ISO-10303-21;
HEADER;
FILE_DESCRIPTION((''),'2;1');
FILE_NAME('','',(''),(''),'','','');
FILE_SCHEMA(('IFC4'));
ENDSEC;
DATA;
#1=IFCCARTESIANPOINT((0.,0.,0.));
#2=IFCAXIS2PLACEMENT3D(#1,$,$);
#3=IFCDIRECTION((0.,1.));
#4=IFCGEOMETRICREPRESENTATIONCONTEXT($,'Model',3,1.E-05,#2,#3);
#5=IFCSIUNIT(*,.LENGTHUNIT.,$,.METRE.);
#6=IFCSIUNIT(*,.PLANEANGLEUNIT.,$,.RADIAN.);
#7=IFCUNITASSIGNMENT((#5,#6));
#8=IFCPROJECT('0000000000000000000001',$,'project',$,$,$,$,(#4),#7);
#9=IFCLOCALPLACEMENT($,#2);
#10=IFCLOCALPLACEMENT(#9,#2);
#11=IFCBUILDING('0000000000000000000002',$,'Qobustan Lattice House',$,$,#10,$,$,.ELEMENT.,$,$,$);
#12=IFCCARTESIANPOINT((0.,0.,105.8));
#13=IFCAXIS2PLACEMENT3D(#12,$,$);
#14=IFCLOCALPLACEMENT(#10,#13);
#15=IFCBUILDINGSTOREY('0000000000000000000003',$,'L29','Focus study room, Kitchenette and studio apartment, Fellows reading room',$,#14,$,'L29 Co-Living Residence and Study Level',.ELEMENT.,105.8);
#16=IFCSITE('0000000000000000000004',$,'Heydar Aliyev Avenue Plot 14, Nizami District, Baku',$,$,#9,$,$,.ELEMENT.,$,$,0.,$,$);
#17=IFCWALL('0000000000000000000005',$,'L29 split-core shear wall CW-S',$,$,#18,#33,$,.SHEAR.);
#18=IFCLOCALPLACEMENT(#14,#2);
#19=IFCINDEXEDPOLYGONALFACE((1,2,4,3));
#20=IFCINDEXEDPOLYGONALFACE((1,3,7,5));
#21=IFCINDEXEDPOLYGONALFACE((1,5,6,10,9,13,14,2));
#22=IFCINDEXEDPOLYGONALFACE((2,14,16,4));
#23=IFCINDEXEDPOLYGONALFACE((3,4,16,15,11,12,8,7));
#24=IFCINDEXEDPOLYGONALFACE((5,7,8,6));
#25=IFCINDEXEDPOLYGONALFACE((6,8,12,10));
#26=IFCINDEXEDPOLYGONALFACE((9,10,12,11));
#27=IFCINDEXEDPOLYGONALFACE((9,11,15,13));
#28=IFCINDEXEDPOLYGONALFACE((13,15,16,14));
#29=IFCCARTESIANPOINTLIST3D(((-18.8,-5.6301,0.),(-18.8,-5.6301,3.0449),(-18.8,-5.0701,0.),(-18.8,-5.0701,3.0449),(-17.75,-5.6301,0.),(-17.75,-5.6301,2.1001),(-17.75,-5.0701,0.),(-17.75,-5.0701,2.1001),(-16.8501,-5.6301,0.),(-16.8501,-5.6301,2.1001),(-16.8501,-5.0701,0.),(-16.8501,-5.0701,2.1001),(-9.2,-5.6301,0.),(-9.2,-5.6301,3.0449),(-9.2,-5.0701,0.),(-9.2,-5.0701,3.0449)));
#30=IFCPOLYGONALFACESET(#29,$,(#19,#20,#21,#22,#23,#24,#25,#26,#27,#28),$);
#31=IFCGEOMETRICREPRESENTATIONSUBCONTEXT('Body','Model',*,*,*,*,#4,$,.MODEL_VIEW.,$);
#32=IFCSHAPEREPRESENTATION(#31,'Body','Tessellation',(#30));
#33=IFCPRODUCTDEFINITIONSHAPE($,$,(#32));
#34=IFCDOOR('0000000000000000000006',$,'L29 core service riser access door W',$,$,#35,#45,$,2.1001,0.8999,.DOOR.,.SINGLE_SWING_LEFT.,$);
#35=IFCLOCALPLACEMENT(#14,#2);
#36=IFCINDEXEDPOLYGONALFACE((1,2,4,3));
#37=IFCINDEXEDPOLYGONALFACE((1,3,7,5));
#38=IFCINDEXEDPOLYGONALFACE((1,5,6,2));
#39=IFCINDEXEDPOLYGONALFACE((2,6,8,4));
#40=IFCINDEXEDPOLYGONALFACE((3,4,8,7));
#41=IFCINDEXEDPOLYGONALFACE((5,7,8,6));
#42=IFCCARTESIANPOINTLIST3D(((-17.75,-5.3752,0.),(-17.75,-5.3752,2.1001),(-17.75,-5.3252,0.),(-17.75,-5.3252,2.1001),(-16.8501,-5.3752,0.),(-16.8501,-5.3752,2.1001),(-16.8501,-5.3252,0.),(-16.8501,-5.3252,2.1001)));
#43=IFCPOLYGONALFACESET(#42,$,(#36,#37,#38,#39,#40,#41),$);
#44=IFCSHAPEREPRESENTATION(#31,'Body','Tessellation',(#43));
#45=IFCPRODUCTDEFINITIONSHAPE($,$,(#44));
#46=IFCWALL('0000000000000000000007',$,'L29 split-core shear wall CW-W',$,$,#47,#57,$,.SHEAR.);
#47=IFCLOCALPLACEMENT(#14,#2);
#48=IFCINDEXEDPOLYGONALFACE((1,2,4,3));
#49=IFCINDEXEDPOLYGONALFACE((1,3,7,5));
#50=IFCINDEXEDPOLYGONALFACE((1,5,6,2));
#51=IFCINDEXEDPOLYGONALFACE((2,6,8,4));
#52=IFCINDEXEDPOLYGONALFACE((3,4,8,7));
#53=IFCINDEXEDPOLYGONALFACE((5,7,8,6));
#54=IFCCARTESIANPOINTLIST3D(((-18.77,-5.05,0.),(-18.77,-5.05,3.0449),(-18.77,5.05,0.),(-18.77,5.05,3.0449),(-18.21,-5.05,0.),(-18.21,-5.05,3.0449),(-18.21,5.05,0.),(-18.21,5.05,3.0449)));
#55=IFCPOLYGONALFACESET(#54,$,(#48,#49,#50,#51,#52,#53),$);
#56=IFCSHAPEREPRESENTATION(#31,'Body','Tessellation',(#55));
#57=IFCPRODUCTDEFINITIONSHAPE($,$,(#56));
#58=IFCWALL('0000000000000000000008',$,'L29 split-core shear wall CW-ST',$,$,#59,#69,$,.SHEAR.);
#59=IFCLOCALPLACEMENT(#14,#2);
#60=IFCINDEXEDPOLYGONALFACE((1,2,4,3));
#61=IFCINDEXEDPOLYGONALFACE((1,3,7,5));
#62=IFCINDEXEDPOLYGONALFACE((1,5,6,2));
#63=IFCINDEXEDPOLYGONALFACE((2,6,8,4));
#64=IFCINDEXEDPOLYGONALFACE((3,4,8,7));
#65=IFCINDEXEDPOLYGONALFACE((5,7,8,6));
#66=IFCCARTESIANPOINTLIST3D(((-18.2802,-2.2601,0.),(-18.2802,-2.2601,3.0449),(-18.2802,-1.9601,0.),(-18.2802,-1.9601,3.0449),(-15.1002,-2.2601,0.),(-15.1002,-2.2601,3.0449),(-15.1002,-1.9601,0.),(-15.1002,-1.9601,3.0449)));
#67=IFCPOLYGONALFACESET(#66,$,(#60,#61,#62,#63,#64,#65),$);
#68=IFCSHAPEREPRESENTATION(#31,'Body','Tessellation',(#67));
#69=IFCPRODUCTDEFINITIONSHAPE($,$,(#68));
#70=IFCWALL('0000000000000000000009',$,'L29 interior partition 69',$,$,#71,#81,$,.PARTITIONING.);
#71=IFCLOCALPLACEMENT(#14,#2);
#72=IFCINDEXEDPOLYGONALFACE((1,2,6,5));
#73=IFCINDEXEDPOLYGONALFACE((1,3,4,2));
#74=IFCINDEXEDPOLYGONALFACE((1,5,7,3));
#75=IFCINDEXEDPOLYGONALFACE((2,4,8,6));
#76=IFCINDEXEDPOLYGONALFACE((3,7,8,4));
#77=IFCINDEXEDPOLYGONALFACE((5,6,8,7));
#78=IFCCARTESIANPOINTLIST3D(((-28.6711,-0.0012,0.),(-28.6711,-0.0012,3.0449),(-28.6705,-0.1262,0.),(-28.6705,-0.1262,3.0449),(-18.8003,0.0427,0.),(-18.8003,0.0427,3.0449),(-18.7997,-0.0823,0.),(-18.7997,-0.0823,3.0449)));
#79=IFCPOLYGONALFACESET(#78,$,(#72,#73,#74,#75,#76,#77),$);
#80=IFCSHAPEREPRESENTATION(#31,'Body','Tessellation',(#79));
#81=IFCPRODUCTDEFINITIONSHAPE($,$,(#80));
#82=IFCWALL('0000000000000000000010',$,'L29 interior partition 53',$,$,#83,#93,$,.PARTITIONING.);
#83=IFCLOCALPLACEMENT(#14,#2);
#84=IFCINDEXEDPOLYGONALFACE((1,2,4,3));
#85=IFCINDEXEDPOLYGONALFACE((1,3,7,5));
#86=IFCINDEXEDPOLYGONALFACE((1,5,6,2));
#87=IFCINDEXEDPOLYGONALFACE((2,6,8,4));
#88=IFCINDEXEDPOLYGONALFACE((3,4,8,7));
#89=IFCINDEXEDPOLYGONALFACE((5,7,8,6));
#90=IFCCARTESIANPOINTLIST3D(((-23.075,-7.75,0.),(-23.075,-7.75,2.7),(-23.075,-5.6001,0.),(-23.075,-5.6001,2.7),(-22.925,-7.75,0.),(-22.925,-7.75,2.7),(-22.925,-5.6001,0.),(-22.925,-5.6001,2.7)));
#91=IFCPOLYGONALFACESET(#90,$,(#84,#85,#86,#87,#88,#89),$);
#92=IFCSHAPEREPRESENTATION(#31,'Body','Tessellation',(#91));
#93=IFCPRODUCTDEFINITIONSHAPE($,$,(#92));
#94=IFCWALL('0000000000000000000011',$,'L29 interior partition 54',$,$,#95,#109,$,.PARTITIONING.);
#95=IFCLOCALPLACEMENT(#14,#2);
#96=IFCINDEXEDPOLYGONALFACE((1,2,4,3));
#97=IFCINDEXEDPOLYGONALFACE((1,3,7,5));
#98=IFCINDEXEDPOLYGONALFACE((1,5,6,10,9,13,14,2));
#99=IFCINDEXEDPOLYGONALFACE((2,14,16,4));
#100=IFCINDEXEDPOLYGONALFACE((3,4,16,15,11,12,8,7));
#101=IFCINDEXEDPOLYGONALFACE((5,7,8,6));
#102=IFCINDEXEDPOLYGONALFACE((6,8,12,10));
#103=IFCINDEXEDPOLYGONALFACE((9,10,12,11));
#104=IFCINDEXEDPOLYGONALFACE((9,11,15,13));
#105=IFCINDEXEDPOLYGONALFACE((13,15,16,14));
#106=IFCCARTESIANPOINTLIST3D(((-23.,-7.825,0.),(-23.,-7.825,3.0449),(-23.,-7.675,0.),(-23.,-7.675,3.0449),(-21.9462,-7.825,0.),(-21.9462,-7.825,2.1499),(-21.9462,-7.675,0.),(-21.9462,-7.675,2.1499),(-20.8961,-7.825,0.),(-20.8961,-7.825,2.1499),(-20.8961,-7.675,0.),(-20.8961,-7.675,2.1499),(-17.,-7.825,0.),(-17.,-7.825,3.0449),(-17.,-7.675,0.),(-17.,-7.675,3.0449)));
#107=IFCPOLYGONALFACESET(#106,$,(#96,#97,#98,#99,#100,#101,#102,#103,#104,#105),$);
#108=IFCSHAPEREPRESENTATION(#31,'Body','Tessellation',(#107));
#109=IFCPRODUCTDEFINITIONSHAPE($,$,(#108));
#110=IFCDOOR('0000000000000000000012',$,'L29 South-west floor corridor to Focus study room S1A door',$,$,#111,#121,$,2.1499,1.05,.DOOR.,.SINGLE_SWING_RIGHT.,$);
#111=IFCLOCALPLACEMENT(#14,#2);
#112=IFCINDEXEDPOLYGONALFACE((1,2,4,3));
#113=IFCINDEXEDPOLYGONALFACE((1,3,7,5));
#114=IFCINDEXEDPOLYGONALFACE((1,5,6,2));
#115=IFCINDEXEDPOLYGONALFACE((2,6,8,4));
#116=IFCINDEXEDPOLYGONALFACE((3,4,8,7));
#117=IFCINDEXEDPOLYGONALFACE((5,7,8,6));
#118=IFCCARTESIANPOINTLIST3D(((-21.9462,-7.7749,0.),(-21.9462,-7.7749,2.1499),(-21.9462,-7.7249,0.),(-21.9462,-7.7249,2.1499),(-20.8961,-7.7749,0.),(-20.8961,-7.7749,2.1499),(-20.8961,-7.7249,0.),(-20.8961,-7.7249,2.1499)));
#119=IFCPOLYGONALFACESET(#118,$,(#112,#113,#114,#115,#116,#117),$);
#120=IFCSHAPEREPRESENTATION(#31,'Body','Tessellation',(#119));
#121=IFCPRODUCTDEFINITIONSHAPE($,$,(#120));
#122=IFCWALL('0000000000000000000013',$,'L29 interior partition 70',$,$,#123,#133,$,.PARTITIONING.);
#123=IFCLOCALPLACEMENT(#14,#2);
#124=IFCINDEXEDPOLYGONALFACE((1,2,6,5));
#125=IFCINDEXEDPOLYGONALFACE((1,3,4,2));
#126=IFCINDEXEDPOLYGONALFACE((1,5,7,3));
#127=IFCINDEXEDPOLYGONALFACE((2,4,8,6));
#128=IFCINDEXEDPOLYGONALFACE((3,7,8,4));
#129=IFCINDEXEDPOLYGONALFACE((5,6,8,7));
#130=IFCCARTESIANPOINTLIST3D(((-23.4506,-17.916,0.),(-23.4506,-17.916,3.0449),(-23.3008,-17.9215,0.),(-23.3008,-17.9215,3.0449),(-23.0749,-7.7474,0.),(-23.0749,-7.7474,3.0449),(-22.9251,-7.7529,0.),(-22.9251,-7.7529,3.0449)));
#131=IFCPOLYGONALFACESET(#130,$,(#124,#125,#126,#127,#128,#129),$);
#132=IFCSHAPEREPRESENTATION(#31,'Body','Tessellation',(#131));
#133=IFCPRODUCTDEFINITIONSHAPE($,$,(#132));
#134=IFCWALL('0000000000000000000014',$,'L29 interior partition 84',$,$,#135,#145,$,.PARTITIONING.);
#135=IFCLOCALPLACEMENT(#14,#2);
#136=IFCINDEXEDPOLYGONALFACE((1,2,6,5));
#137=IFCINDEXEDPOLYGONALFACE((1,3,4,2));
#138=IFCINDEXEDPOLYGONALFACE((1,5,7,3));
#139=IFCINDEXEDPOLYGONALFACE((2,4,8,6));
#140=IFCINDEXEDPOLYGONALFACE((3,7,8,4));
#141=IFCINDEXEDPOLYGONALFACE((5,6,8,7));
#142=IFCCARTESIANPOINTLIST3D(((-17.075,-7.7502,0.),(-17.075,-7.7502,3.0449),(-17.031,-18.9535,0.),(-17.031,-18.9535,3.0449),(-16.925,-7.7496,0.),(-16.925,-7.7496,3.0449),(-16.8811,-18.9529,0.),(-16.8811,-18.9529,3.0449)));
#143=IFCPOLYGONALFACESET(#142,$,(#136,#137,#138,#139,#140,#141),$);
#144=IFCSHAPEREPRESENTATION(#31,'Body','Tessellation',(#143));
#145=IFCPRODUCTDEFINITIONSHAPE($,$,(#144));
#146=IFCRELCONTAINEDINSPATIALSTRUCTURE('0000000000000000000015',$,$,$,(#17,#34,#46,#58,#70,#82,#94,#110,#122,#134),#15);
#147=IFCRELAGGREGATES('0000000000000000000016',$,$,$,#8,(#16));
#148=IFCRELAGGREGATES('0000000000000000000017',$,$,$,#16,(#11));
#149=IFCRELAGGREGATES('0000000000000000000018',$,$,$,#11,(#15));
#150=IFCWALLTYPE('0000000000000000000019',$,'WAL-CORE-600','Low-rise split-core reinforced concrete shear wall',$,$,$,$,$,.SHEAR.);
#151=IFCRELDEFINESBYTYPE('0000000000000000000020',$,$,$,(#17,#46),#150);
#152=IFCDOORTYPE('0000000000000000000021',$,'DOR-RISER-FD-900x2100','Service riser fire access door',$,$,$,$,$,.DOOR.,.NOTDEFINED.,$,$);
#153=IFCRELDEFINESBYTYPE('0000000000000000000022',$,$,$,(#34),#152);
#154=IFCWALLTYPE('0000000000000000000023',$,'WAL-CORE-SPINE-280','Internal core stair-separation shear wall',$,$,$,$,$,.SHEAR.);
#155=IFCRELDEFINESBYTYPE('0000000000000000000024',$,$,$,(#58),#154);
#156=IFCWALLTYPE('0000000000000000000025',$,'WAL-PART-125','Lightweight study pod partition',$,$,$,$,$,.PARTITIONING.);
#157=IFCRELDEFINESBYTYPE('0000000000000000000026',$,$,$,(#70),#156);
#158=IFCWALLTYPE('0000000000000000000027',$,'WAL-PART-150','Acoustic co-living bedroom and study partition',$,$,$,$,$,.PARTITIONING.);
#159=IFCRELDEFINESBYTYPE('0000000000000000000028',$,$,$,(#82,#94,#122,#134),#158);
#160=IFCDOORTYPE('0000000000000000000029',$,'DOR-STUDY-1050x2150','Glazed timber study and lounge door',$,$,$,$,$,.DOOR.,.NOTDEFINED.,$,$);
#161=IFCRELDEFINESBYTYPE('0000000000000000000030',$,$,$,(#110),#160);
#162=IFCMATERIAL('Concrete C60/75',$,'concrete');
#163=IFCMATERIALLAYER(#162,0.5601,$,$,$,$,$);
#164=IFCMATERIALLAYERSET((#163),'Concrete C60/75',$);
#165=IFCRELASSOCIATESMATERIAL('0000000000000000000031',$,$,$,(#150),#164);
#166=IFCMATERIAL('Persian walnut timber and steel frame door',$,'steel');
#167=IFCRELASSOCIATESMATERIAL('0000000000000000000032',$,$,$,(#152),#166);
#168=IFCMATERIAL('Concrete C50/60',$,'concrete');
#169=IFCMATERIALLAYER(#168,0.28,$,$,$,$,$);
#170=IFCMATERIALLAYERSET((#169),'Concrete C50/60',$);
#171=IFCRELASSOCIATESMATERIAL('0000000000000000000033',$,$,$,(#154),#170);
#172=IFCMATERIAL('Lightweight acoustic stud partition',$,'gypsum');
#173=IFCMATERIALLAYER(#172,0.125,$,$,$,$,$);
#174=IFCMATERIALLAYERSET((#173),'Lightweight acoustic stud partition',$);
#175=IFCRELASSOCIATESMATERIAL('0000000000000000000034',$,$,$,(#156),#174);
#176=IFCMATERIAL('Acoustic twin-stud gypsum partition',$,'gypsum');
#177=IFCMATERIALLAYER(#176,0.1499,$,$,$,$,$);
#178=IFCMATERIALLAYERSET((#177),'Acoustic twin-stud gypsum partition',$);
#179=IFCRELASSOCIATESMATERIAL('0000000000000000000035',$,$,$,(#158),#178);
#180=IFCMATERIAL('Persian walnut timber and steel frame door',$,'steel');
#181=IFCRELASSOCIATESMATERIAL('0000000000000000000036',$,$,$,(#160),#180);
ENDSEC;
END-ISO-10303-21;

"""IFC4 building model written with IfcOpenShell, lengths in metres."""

from ifc_helpers import new_model, si_unit, direction, frame, frame_2d, origin, place, context, subcontext, project, spatial, rectangle, extrude, material, layer, layer_set, type_object, element, fill, save


model = new_model("IFC4")

# Units and contexts
model_context = context("Model", 3, precision=1e-05, world=origin(), true_north=direction((0.0, 1.0)))
body_context = subcontext(model_context, "Body", "Model", "MODEL_VIEW")
ifc_project = project(units=[si_unit("LENGTHUNIT", "METRE"), si_unit("PLANEANGLEUNIT", "RADIAN")], contexts=[model_context])

# Site, building, storey
site_placement = place(None, origin())
site = spatial("IfcSite", under=ifc_project, at=site_placement, Name="Heydar Aliyev Avenue Plot 14, Nizami District, Baku", CompositionType="ELEMENT", RefElevation=0.0)
building_placement = place(site_placement, origin())
building = spatial("IfcBuilding", under=site, at=building_placement, Name="Qobustan Lattice House", CompositionType="ELEMENT")
storey_placement = place(building_placement, frame((0.0, 0.0, 105.8)))
storey = spatial("IfcBuildingStorey", under=building, at=storey_placement, Name="L29", Description="Focus study room, Kitchenette and studio apartment, Fellows reading room", LongName="L29 Co-Living Residence and Study Level", CompositionType="ELEMENT", Elevation=105.8)

# Wall, opening, door
ifc_material_1 = material(Name="Concrete C60/75", Category="concrete")
ifc_layer_1 = layer(ifc_material_1, 0.5601)
ifc_layer_set_1 = layer_set([ifc_layer_1], Name="Concrete C60/75")
wall_type_1 = type_object("IfcWallType", Name="WAL-CORE-600", Description="Low-rise split-core reinforced concrete shear wall", PredefinedType="SHEAR", material=ifc_layer_set_1)
wall_1_placement = place(storey_placement, frame((-18.8, -5.3501, 0.0), z_axis=(0.0, 0.0, 1.0), x_axis=(1.0, 0.0, 0.0)))
wall_1 = element("IfcWall", 1, at=wall_1_placement, inside=storey, type_object=wall_type_1, Name="L29 split-core shear wall CW-S", PredefinedType="SHEAR", context=body_context, shape_type="SweptSolid", body=[
    extrude(rectangle(XDim=9.6001, YDim=0.5601, at=frame_2d((4.8, 0.0))), origin(), (0.0, 0.0, 1.0), 3.0449),
])
opening_1_placement = place(wall_1_placement, frame((1.05, 0.0, 0.0)))
opening_1 = element("IfcOpeningElement", 2, at=opening_1_placement, cuts=wall_1, PredefinedType="OPENING", context=body_context, shape_type="SweptSolid", body=[
    extrude(rectangle(XDim=0.8999, YDim=2.1001, at=frame_2d((0.45, 1.05))), frame((0.0, 0.29, 0.0), z_axis=(0.0, -1.0, 0.0), x_axis=(1.0, 0.0, 0.0)), (0.0, 0.0, 1.0), 0.5801),
])
ifc_material_2 = material(Name="Persian walnut timber and steel frame door", Category="steel")
door_type_1 = type_object("IfcDoorType", Name="DOR-RISER-FD-900x2100", Description="Service riser fire access door", OperationType="NOTDEFINED", PredefinedType="DOOR", material=ifc_material_2)
door_1_placement = place(opening_1_placement, origin())
door_1 = element("IfcDoor", 3, at=door_1_placement, inside=storey, type_object=door_type_1, Name="L29 core service riser access door W", OperationType="SINGLE_SWING_LEFT", OverallHeight=2.1001, OverallWidth=0.8999, PredefinedType="DOOR", context=body_context, shape_type="SweptSolid", body=[
    extrude(rectangle(XDim=0.8999, YDim=2.1001, at=frame_2d((0.45, 1.05))), frame((0.0, 0.0249, 0.0), z_axis=(0.0, -1.0, 0.0), x_axis=(1.0, 0.0, 0.0)), (0.0, 0.0, 1.0), 0.05),
])
fill(opening_1, door_1)

# Walls
wall_2_placement = place(storey_placement, frame((-18.49, -5.05, 0.0), z_axis=(0.0, 0.0, 1.0), x_axis=(0.0, 1.0, 0.0)))
element("IfcWall", 4, at=wall_2_placement, inside=storey, type_object=wall_type_1, Name="L29 split-core shear wall CW-W", PredefinedType="SHEAR", context=body_context, shape_type="SweptSolid", body=[
    extrude(rectangle(XDim=10.1001, YDim=0.5601, at=frame_2d((5.05, 0.0))), origin(), (0.0, 0.0, 1.0), 3.0449),
])
ifc_material_3 = material(Name="Concrete C50/60", Category="concrete")
ifc_layer_2 = layer(ifc_material_3, 0.28)
ifc_layer_set_2 = layer_set([ifc_layer_2], Name="Concrete C50/60")
wall_type_2 = type_object("IfcWallType", Name="WAL-CORE-SPINE-280", Description="Internal core stair-separation shear wall", PredefinedType="SHEAR", material=ifc_layer_set_2)
wall_3_placement = place(storey_placement, frame((-18.28, -2.1101, 0.0), z_axis=(0.0, 0.0, 1.0), x_axis=(1.0, 0.0, 0.0)))
element("IfcWall", 5, at=wall_3_placement, inside=storey, type_object=wall_type_2, Name="L29 split-core shear wall CW-ST", PredefinedType="SHEAR", context=body_context, shape_type="SweptSolid", body=[
    extrude(rectangle(XDim=3.1799, YDim=0.3, at=frame_2d((1.5898, 0.0))), origin(), (0.0, 0.0, 1.0), 3.0449),
])
ifc_material_4 = material(Name="Lightweight acoustic stud partition", Category="gypsum")
ifc_layer_3 = layer(ifc_material_4, 0.125)
ifc_layer_set_3 = layer_set([ifc_layer_3], Name="Lightweight acoustic stud partition")
wall_type_3 = type_object("IfcWallType", Name="WAL-PART-125", Description="Lightweight study pod partition", PredefinedType="PARTITIONING", material=ifc_layer_set_3)
wall_4_placement = place(storey_placement, frame((-28.6709, -0.0637, 0.0), z_axis=(0.0, 0.0, 1.0), x_axis=(0.99999, 0.004452, 0.0)))
element("IfcWall", 6, at=wall_4_placement, inside=storey, type_object=wall_type_3, Name="L29 interior partition 69", PredefinedType="PARTITIONING", context=body_context, shape_type="SweptSolid", body=[
    extrude(rectangle(XDim=9.8708, YDim=0.125, at=frame_2d((4.9355, 0.0))), origin(), (0.0, 0.0, 1.0), 3.0449),
])

# Shared definitions
ifc_material_5 = material(Name="Acoustic twin-stud gypsum partition", Category="gypsum")
ifc_layer_4 = layer(ifc_material_5, 0.1499)
ifc_layer_set_4 = layer_set([ifc_layer_4], Name="Acoustic twin-stud gypsum partition")
wall_type_4 = type_object("IfcWallType", Name="WAL-PART-150", Description="Acoustic co-living bedroom and study partition", PredefinedType="PARTITIONING", material=ifc_layer_set_4)
ifc_material_6 = material(Name="Persian walnut timber and steel frame door", Category="steel")
door_type_2 = type_object("IfcDoorType", Name="DOR-STUDY-1050x2150", Description="Glazed timber study and lounge door", OperationType="NOTDEFINED", PredefinedType="DOOR", material=ifc_material_6)

# Wall
wall_5_placement = place(storey_placement, frame((-23.0, -7.75, 0.0), z_axis=(0.0, 0.0, 1.0), x_axis=(0.0, 1.0, 0.0)))
element("IfcWall", 7, at=wall_5_placement, inside=storey, type_object=wall_type_4, Name="L29 interior partition 53", PredefinedType="PARTITIONING", context=body_context, shape_type="SweptSolid", body=[
    extrude(rectangle(XDim=2.1499, YDim=0.1499, at=frame_2d((1.075, 0.0))), origin(), (0.0, 0.0, 1.0), 2.7),
])

# Wall, opening, door
wall_6_placement = place(storey_placement, frame((-17.0, -7.75, 0.0), z_axis=(0.0, 0.0, 1.0), x_axis=(-1.0, 0.0, 0.0)))
wall_6 = element("IfcWall", 8, at=wall_6_placement, inside=storey, type_object=wall_type_4, Name="L29 interior partition 54", PredefinedType="PARTITIONING", context=body_context, shape_type="SweptSolid", body=[
    extrude(rectangle(XDim=6.0, YDim=0.1499, at=frame_2d((3.0, 0.0))), origin(), (0.0, 0.0, 1.0), 3.0449),
])
opening_2_placement = place(wall_6_placement, frame((3.8962, 0.0, 0.0)))
opening_2 = element("IfcOpeningElement", 9, at=opening_2_placement, cuts=wall_6, PredefinedType="OPENING", context=body_context, shape_type="SweptSolid", body=[
    extrude(rectangle(XDim=1.05, YDim=2.1499, at=frame_2d((0.5249, 1.075))), frame((0.0, 0.085, 0.0), z_axis=(0.0, -1.0, 0.0), x_axis=(1.0, 0.0, 0.0)), (0.0, 0.0, 1.0), 0.1699),
])
door_2_placement = place(opening_2_placement, origin())
door_2 = element("IfcDoor", 10, at=door_2_placement, inside=storey, type_object=door_type_2, Name="L29 South-west floor corridor to Focus study room S1A door", OperationType="SINGLE_SWING_RIGHT", OverallHeight=2.1499, OverallWidth=1.05, PredefinedType="DOOR", context=body_context, shape_type="SweptSolid", body=[
    extrude(rectangle(XDim=1.05, YDim=2.1499, at=frame_2d((0.5249, 1.075))), frame((0.0, 0.0249, 0.0), z_axis=(0.0, -1.0, 0.0), x_axis=(1.0, 0.0, 0.0)), (0.0, 0.0, 1.0), 0.05),
])
fill(opening_2, door_2)

# Walls
wall_7_placement = place(storey_placement, frame((-23.0, -7.75, 0.0), z_axis=(0.0, 0.0, 1.0), x_axis=(-0.036925, -0.999318, 0.0)))
element("IfcWall", 11, at=wall_7_placement, inside=storey, type_object=wall_type_4, Name="L29 interior partition 70", PredefinedType="PARTITIONING", context=body_context, shape_type="SweptSolid", body=[
    extrude(rectangle(XDim=10.1755, YDim=0.1499, at=frame_2d((5.0879, 0.0))), origin(), (0.0, 0.0, 1.0), 3.0449),
])
wall_8_placement = place(storey_placement, frame((-17.0, -7.75, 0.0), z_axis=(0.0, 0.0, 1.0), x_axis=(0.003922, -0.999992, 0.0)))
element("IfcWall", 12, at=wall_8_placement, inside=storey, type_object=wall_type_4, Name="L29 interior partition 84", PredefinedType="PARTITIONING", context=body_context, shape_type="SweptSolid", body=[
    extrude(rectangle(XDim=11.2034, YDim=0.1499, at=frame_2d((5.6016, 0.0))), origin(), (0.0, 0.0, 1.0), 3.0449),
])

save(model, "model.ifc")
